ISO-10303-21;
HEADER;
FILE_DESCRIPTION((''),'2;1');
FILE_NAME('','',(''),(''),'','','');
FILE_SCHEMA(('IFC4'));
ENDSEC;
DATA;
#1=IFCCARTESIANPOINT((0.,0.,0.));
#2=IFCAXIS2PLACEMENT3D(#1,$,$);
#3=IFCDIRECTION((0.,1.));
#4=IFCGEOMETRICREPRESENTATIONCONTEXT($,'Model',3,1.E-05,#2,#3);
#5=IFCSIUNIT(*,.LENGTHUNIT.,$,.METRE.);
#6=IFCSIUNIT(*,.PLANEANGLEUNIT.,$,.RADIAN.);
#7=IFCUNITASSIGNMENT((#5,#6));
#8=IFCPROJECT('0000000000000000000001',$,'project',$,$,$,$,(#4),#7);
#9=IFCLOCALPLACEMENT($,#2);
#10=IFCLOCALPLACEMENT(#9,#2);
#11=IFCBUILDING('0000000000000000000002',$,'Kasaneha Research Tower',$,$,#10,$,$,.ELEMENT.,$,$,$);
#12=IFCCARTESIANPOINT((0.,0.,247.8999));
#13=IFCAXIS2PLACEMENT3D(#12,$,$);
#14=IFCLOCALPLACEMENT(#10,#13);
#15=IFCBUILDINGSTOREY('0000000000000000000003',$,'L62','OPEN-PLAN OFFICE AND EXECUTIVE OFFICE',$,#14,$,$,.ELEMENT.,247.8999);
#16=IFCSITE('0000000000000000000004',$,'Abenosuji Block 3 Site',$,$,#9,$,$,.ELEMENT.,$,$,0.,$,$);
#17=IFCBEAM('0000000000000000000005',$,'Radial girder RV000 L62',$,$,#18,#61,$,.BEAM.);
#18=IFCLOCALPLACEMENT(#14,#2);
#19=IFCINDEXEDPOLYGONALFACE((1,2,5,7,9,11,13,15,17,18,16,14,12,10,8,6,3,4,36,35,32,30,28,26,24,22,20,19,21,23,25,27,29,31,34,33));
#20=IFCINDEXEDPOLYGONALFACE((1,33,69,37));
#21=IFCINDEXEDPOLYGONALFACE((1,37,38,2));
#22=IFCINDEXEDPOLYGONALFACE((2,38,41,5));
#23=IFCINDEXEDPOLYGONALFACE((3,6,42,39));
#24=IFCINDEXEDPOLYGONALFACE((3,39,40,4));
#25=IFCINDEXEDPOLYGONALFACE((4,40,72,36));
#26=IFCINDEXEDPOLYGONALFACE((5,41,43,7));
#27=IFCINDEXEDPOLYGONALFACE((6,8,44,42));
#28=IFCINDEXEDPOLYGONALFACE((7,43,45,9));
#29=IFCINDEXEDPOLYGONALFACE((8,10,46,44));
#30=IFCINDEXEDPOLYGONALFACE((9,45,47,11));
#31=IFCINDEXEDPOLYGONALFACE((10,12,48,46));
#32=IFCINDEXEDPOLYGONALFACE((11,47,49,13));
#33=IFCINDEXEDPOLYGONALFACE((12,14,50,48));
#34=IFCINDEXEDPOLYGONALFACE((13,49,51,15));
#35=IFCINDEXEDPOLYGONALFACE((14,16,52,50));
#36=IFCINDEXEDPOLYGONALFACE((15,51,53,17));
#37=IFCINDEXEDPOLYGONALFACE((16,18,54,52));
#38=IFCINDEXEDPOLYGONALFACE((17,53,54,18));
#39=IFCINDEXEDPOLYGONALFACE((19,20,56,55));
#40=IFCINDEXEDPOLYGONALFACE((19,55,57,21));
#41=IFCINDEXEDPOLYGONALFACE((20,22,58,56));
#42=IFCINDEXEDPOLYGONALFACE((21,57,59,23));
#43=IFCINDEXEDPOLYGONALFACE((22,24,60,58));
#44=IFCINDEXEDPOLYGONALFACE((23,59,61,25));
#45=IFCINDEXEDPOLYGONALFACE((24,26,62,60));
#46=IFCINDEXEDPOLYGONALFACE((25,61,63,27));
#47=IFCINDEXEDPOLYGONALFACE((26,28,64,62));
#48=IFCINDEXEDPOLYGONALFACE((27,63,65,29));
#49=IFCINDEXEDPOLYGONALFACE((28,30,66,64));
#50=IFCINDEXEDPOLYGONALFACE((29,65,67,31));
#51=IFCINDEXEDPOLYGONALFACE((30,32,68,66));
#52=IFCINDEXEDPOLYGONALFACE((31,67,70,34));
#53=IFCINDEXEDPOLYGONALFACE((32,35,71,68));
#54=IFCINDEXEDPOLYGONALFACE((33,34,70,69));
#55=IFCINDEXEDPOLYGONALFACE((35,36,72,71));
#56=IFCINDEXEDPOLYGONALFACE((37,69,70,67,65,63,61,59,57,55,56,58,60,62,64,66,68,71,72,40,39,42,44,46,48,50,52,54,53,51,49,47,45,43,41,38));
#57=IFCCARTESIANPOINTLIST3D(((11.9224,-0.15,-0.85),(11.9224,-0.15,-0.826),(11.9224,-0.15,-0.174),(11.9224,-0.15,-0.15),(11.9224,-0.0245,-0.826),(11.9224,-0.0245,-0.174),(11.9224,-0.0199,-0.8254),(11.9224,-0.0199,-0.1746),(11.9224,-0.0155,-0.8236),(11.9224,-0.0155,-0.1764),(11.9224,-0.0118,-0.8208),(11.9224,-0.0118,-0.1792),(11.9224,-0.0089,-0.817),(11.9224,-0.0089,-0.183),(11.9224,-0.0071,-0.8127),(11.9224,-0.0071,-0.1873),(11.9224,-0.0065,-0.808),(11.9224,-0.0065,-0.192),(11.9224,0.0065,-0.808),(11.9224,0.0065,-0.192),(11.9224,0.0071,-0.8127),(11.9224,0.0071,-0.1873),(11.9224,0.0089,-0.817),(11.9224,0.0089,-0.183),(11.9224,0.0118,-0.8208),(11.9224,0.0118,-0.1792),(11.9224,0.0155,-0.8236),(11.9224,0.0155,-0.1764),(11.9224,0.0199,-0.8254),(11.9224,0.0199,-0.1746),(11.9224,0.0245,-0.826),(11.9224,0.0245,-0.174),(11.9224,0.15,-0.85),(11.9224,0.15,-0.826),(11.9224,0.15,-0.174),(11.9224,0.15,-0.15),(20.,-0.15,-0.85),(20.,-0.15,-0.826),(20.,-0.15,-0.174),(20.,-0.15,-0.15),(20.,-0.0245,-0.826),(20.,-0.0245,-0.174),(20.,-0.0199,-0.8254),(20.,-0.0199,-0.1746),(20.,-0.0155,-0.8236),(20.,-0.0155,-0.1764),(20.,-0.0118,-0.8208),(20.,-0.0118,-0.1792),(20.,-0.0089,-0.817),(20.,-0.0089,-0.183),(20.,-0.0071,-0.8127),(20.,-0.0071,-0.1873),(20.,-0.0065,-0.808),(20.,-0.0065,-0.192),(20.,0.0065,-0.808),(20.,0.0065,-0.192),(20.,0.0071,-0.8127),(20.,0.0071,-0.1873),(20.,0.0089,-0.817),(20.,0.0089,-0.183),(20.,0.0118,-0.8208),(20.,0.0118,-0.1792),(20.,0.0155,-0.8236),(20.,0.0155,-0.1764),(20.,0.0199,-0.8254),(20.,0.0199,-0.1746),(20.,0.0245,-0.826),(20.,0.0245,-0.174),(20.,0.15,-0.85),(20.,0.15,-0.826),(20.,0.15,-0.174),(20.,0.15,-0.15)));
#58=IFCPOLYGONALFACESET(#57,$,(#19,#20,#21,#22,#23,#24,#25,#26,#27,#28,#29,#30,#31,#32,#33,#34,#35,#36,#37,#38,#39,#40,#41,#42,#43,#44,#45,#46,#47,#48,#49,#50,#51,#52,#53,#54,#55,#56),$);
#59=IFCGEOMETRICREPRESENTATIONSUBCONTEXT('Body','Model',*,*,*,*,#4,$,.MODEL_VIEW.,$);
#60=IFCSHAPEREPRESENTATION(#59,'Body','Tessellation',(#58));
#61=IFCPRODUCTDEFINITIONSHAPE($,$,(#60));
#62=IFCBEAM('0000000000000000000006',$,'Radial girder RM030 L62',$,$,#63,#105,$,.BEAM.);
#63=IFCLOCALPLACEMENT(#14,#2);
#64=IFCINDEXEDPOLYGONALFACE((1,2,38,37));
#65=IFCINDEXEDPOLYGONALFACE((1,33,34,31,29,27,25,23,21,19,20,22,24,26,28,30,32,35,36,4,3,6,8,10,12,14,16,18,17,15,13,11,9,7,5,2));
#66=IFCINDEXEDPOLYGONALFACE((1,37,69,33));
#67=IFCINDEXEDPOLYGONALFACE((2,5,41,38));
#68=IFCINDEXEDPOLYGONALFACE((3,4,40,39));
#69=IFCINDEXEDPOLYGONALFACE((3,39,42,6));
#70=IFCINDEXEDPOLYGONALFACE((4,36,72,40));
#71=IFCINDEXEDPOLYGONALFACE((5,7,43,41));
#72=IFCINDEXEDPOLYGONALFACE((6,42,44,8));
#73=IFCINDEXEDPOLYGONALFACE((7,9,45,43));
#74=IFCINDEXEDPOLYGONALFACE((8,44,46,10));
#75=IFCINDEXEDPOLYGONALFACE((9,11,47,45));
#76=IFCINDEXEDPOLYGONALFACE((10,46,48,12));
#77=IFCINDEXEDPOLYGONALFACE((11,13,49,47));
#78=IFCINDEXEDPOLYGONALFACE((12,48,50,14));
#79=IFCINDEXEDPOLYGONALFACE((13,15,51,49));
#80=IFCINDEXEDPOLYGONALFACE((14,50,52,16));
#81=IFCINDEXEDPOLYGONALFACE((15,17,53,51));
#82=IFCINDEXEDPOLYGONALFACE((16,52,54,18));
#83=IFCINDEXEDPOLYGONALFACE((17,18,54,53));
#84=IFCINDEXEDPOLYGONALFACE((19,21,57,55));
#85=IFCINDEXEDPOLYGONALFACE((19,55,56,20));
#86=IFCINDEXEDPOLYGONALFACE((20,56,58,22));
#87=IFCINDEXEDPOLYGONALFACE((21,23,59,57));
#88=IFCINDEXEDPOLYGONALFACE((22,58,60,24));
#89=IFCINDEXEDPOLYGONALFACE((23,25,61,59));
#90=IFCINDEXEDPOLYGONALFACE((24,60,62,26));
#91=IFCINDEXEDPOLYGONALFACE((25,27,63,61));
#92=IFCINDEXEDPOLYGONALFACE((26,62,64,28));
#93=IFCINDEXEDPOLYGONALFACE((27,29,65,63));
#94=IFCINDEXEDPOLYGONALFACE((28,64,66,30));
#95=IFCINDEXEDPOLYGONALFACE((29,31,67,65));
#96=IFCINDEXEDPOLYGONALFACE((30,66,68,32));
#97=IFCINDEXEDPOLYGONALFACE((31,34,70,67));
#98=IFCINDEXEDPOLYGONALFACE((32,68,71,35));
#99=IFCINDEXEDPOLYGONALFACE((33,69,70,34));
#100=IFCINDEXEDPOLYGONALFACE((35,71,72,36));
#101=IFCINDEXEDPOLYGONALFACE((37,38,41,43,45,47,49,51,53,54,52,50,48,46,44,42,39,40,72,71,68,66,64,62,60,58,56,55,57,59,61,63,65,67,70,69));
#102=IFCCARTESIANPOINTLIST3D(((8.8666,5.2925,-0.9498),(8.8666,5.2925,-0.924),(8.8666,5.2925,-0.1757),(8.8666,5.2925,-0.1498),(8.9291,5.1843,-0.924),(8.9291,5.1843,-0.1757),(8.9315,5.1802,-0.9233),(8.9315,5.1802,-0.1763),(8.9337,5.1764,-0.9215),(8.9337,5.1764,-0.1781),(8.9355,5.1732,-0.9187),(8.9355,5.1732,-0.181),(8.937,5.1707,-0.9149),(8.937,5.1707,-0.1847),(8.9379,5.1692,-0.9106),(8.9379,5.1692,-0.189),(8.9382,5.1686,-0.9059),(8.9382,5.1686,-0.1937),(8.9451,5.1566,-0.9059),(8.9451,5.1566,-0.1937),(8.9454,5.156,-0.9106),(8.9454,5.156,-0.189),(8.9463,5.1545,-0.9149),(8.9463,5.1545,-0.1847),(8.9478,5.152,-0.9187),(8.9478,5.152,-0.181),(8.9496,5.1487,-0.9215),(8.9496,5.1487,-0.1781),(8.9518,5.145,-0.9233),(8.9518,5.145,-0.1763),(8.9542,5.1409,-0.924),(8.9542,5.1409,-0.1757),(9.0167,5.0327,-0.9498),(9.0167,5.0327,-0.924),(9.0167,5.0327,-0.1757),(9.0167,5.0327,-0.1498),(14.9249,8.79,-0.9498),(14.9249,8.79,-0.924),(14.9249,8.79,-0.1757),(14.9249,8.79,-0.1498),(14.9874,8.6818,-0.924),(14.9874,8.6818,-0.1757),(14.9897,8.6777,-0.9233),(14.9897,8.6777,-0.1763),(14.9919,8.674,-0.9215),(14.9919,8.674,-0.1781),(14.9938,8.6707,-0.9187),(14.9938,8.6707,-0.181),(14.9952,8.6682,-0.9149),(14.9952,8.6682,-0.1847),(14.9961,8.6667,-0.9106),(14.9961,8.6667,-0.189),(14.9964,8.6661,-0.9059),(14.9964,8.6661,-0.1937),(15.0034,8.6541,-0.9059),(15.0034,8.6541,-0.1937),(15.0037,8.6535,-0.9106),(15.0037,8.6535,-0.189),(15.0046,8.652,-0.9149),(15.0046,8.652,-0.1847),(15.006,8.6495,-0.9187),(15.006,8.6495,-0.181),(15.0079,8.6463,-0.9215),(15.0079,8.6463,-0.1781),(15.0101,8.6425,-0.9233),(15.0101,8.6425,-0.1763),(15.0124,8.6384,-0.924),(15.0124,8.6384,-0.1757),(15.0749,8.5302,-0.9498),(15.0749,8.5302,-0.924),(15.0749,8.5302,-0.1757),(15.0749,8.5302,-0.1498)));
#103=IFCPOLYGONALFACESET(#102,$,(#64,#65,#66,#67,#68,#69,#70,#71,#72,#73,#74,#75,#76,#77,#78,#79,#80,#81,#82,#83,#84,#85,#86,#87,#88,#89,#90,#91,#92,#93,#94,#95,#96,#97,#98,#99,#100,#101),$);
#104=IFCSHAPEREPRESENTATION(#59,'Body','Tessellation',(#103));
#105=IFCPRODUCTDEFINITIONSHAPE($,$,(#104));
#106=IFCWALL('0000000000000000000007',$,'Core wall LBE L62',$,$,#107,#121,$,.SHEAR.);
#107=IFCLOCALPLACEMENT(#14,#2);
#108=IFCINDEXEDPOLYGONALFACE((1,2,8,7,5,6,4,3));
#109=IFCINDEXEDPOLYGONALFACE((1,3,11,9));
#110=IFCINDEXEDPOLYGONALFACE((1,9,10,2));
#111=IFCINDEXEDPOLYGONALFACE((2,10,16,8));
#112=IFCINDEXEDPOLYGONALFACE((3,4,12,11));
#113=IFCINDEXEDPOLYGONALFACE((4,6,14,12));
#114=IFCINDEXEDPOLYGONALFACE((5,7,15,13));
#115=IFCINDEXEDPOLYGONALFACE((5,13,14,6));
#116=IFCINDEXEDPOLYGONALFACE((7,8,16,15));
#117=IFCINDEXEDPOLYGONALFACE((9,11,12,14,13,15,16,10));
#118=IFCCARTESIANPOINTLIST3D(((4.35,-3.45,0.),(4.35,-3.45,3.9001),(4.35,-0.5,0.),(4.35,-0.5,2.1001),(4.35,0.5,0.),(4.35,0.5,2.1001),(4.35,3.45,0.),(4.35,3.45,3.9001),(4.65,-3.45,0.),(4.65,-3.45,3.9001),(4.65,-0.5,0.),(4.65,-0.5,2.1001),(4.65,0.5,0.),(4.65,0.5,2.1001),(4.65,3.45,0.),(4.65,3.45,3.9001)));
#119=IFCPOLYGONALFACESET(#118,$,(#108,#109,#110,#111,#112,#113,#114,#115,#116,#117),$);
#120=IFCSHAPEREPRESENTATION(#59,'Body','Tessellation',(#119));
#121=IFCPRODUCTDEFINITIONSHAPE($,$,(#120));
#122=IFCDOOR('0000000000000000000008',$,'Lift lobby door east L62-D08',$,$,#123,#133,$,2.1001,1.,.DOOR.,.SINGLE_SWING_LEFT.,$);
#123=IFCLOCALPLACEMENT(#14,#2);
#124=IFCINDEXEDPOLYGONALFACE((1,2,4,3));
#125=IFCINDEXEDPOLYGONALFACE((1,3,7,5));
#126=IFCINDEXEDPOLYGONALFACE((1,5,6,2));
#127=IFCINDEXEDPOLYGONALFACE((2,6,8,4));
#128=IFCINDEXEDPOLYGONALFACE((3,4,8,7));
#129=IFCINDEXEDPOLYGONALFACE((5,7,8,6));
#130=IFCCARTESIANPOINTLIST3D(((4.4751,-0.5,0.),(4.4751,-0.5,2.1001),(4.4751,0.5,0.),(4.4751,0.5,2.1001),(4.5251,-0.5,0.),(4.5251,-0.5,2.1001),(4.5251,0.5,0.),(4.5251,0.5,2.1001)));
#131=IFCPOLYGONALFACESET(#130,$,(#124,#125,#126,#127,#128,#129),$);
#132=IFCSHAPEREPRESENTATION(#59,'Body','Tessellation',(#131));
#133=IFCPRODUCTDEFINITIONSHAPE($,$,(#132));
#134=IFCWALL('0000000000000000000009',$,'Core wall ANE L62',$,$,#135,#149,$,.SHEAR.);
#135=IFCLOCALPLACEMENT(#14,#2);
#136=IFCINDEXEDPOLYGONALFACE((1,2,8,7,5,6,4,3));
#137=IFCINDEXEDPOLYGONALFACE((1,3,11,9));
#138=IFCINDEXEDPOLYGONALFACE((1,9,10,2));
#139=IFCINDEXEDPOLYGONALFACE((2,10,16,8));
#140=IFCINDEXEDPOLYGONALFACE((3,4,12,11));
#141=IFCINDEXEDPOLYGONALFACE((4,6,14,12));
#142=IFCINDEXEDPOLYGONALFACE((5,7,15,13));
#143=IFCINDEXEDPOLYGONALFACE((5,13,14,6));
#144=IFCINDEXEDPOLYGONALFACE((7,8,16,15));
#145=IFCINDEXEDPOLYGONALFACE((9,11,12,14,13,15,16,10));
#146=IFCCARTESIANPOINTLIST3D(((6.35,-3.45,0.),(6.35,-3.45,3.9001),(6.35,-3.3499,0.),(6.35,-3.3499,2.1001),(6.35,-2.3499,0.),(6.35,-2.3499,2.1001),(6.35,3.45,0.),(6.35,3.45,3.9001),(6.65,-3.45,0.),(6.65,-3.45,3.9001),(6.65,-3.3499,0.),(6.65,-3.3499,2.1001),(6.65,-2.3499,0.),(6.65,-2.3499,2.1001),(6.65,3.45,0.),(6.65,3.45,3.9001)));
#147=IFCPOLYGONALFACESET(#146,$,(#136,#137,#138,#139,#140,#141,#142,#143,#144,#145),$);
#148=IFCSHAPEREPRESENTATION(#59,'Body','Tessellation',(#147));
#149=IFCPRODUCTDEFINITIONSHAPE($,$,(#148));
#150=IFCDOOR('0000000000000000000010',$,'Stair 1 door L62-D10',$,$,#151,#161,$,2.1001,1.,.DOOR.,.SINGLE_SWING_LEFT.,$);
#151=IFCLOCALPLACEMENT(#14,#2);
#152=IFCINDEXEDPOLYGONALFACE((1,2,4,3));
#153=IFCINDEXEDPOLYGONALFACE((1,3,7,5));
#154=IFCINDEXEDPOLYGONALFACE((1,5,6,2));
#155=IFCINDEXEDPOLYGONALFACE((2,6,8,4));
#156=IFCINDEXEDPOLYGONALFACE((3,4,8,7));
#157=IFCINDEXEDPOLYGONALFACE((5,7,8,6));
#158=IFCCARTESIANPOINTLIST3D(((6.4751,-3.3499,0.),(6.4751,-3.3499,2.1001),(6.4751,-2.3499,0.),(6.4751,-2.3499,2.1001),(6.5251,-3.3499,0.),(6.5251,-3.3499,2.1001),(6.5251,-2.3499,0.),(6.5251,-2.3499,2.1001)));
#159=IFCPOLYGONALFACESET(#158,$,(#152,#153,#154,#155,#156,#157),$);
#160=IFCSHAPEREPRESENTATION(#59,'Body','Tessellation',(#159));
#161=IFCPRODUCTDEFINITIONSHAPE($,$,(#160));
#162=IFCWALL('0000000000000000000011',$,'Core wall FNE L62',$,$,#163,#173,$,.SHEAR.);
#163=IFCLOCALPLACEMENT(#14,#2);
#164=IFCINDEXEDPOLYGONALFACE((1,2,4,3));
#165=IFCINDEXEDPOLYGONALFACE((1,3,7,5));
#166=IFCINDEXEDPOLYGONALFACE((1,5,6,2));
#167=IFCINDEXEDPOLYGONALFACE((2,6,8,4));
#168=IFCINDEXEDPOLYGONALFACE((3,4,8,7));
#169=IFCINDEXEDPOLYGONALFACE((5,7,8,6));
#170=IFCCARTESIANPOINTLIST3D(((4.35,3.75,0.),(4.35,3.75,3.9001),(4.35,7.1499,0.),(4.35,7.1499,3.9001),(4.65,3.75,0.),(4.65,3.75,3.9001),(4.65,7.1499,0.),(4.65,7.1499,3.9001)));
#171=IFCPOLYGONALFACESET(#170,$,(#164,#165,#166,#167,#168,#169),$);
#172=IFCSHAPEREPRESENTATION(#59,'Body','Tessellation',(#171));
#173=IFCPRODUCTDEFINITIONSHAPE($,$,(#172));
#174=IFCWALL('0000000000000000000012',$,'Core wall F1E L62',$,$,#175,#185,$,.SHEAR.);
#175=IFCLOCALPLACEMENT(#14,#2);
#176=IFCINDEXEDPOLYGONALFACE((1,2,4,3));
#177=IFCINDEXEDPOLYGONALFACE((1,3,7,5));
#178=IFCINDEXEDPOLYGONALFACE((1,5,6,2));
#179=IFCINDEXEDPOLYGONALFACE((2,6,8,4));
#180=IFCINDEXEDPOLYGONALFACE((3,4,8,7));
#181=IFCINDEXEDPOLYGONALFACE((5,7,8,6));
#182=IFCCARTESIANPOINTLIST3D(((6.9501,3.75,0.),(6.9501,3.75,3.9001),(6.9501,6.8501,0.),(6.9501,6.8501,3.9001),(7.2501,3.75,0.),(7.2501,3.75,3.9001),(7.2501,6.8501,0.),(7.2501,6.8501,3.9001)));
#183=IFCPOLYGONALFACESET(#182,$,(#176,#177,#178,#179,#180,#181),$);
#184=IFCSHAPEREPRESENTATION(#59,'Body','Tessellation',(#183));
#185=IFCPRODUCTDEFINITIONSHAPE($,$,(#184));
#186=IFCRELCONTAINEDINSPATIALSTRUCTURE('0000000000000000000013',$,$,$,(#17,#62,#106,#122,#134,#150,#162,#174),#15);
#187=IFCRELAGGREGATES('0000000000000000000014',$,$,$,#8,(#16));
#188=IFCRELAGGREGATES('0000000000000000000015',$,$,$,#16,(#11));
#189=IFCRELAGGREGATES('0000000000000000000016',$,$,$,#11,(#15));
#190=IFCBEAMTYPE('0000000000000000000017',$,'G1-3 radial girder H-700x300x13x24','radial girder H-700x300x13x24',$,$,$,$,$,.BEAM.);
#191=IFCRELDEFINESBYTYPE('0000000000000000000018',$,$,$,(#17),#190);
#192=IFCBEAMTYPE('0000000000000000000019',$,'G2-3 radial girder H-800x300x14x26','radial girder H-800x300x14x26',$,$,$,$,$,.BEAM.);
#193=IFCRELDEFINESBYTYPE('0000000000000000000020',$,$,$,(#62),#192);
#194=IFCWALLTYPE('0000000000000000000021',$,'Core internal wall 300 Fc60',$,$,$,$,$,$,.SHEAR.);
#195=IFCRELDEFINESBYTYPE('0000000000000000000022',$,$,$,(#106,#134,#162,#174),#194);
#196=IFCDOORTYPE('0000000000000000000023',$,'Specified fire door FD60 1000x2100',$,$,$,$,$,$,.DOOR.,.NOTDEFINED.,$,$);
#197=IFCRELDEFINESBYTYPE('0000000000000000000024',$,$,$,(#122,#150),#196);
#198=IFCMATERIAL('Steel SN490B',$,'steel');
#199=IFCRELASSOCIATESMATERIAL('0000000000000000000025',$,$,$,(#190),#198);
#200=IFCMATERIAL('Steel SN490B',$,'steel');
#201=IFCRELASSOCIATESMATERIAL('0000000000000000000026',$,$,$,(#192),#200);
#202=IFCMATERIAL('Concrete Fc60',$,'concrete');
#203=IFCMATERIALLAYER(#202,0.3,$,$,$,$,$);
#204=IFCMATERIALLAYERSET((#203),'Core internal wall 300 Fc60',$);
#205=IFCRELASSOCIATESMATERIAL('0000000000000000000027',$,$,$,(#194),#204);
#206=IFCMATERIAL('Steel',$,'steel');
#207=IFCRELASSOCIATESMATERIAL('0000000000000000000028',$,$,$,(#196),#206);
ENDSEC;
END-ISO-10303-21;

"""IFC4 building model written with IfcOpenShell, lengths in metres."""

from ifc_helpers import new_model, si_unit, direction, frame, frame_2d, origin, origin_2d, place, context, subcontext, project, spatial, rectangle, i_section, extrude, material, layer, layer_set, material_profile, profile_set, type_object, element, fill, save


model = new_model("IFC4")

# Units and contexts
model_context = context("Model", 3, precision=1e-05, world=origin(), true_north=direction((0.0, 1.0)))
body_context = subcontext(model_context, "Body", "Model", "MODEL_VIEW")
ifc_project = project(units=[si_unit("LENGTHUNIT", "METRE"), si_unit("PLANEANGLEUNIT", "RADIAN")], contexts=[model_context])

# Site, building, storey
site_placement = place(None, origin())
site = spatial("IfcSite", under=ifc_project, at=site_placement, Name="Abenosuji Block 3 Site", CompositionType="ELEMENT", RefElevation=0.0)
building_placement = place(site_placement, origin())
building = spatial("IfcBuilding", under=site, at=building_placement, Name="Kasaneha Research Tower", CompositionType="ELEMENT")
storey_placement = place(building_placement, frame((0.0, 0.0, 247.8999)))
storey = spatial("IfcBuildingStorey", under=building, at=storey_placement, Name="L62", Description="OPEN-PLAN OFFICE AND EXECUTIVE OFFICE", CompositionType="ELEMENT", Elevation=247.8999)

# Beams
ifc_material_1 = material(Name="Steel SN490B", Category="steel")
ifc_material_profile_1 = material_profile(ifc_material_1, i_section(OverallWidth=0.3, OverallDepth=0.7, WebThickness=0.0129, FlangeThickness=0.0239, FilletRadius=0.0181, at=origin_2d()), Name="H-700x300x13x24")
ifc_profile_set_1 = profile_set([ifc_material_profile_1], Name="Steel SN490B")
beam_type_1 = type_object("IfcBeamType", Name="G1-3 radial girder H-700x300x13x24", Description="radial girder H-700x300x13x24", PredefinedType="BEAM", material=ifc_profile_set_1)
beam_1_placement = place(storey_placement, frame((11.9224, 0.0, -0.5), z_axis=(1.0, 0.0, 0.0), x_axis=(0.0, 1.0, 0.0)))
element("IfcBeam", 1, at=beam_1_placement, inside=storey, type_object=beam_type_1, Name="Radial girder RV000 L62", PredefinedType="BEAM", context=body_context, shape_type="SweptSolid", body=[
    extrude(i_section(OverallWidth=0.3, OverallDepth=0.7, WebThickness=0.0129, FlangeThickness=0.0239, FilletRadius=0.0181, at=origin_2d()), origin(), (0.0, 0.0, 1.0), 8.0776),
])
ifc_material_2 = material(Name="Steel SN490B", Category="steel")
ifc_material_profile_2 = material_profile(ifc_material_2, i_section(OverallWidth=0.3, OverallDepth=0.8, WebThickness=0.0139, FlangeThickness=0.0259, FilletRadius=0.0181, at=origin_2d()), Name="H-800x300x14x26")
ifc_profile_set_2 = profile_set([ifc_material_profile_2], Name="Steel SN490B")
beam_type_2 = type_object("IfcBeamType", Name="G2-3 radial girder H-800x300x14x26", Description="radial girder H-800x300x14x26", PredefinedType="BEAM", material=ifc_profile_set_2)
beam_2_placement = place(storey_placement, frame((8.9417, 5.1626, -0.5498), z_axis=(0.86604, 0.499975, 0.0), x_axis=(-0.499975, 0.86604, 0.0)))
element("IfcBeam", 2, at=beam_2_placement, inside=storey, type_object=beam_type_2, Name="Radial girder RM030 L62", PredefinedType="BEAM", context=body_context, shape_type="SweptSolid", body=[
    extrude(i_section(OverallWidth=0.3, OverallDepth=0.8, WebThickness=0.0139, FlangeThickness=0.0259, FilletRadius=0.0181, at=origin_2d()), origin(), (0.0, 0.0, 1.0), 6.9954),
])

# Walls, openings, doors
ifc_material_3 = material(Name="Concrete Fc60", Category="concrete")
ifc_layer_1 = layer(ifc_material_3, 0.3)
ifc_layer_set_1 = layer_set([ifc_layer_1], Name="Core internal wall 300 Fc60")
wall_type_1 = type_object("IfcWallType", Name="Core internal wall 300 Fc60", PredefinedType="SHEAR", material=ifc_layer_set_1)
wall_1_placement = place(storey_placement, frame((4.5, -3.45, 0.0), z_axis=(0.0, 0.0, 1.0), x_axis=(0.0, 1.0, 0.0)))
wall_1 = element("IfcWall", 3, at=wall_1_placement, inside=storey, type_object=wall_type_1, Name="Core wall LBE L62", PredefinedType="SHEAR", context=body_context, shape_type="SweptSolid", body=[
    extrude(rectangle(XDim=6.8999, YDim=0.3, at=frame_2d((3.45, 0.0))), origin(), (0.0, 0.0, 1.0), 3.9001),
])
opening_1_placement = place(wall_1_placement, frame((2.95, 0.0, 0.0)))
opening_1 = element("IfcOpeningElement", 4, at=opening_1_placement, cuts=wall_1, PredefinedType="OPENING", context=body_context, shape_type="SweptSolid", body=[
    extrude(rectangle(XDim=1.0, YDim=2.1001, at=frame_2d((0.5, 1.05))), frame((0.0, 0.1602, 0.0), z_axis=(0.0, -1.0, 0.0), x_axis=(1.0, 0.0, 0.0)), (0.0, 0.0, 1.0), 0.3201),
])
ifc_material_4 = material(Name="Steel", Category="steel")
door_type_1 = type_object("IfcDoorType", Name="Specified fire door FD60 1000x2100", OperationType="NOTDEFINED", PredefinedType="DOOR", material=ifc_material_4)
door_1_placement = place(opening_1_placement, origin())
door_1 = element("IfcDoor", 5, at=door_1_placement, inside=storey, type_object=door_type_1, Name="Lift lobby door east L62-D08", OperationType="SINGLE_SWING_LEFT", OverallHeight=2.1001, OverallWidth=1.0, PredefinedType="DOOR", context=body_context, shape_type="SweptSolid", body=[
    extrude(rectangle(XDim=1.0, YDim=2.1001, at=frame_2d((0.5, 1.05))), frame((0.0, 0.0249, 0.0), z_axis=(0.0, -1.0, 0.0), x_axis=(1.0, 0.0, 0.0)), (0.0, 0.0, 1.0), 0.05),
])
fill(opening_1, door_1)
wall_2_placement = place(storey_placement, frame((6.5, -3.45, 0.0), z_axis=(0.0, 0.0, 1.0), x_axis=(0.0, 1.0, 0.0)))
wall_2 = element("IfcWall", 6, at=wall_2_placement, inside=storey, type_object=wall_type_1, Name="Core wall ANE L62", PredefinedType="SHEAR", context=body_context, shape_type="SweptSolid", body=[
    extrude(rectangle(XDim=6.8999, YDim=0.3, at=frame_2d((3.45, 0.0))), origin(), (0.0, 0.0, 1.0), 3.9001),
])
opening_2_placement = place(wall_2_placement, frame((0.1001, 0.0, 0.0)))
opening_2 = element("IfcOpeningElement", 7, at=opening_2_placement, cuts=wall_2, PredefinedType="OPENING", context=body_context, shape_type="SweptSolid", body=[
    extrude(rectangle(XDim=1.0, YDim=2.1001, at=frame_2d((0.5, 1.05))), frame((0.0, 0.1602, 0.0), z_axis=(0.0, -1.0, 0.0), x_axis=(1.0, 0.0, 0.0)), (0.0, 0.0, 1.0), 0.3201),
])
door_2_placement = place(opening_2_placement, origin())
door_2 = element("IfcDoor", 8, at=door_2_placement, inside=storey, type_object=door_type_1, Name="Stair 1 door L62-D10", OperationType="SINGLE_SWING_LEFT", OverallHeight=2.1001, OverallWidth=1.0, PredefinedType="DOOR", context=body_context, shape_type="SweptSolid", body=[
    extrude(rectangle(XDim=1.0, YDim=2.1001, at=frame_2d((0.5, 1.05))), frame((0.0, 0.0249, 0.0), z_axis=(0.0, -1.0, 0.0), x_axis=(1.0, 0.0, 0.0)), (0.0, 0.0, 1.0), 0.05),
])
fill(opening_2, door_2)

# Walls
wall_3_placement = place(storey_placement, frame((4.5, 3.75, 0.0), z_axis=(0.0, 0.0, 1.0), x_axis=(0.0, 1.0, 0.0)))
element("IfcWall", 9, at=wall_3_placement, inside=storey, type_object=wall_type_1, Name="Core wall FNE L62", PredefinedType="SHEAR", context=body_context, shape_type="SweptSolid", body=[
    extrude(rectangle(XDim=3.3999, YDim=0.3, at=frame_2d((1.7, 0.0))), origin(), (0.0, 0.0, 1.0), 3.9001),
])
wall_4_placement = place(storey_placement, frame((7.1001, 3.75, 0.0), z_axis=(0.0, 0.0, 1.0), x_axis=(0.0, 1.0, 0.0)))
element("IfcWall", 10, at=wall_4_placement, inside=storey, type_object=wall_type_1, Name="Core wall F1E L62", PredefinedType="SHEAR", context=body_context, shape_type="SweptSolid", body=[
    extrude(rectangle(XDim=3.1001, YDim=0.3, at=frame_2d((1.55, 0.0))), origin(), (0.0, 0.0, 1.0), 3.9001),
])

save(model, "model.ifc")
